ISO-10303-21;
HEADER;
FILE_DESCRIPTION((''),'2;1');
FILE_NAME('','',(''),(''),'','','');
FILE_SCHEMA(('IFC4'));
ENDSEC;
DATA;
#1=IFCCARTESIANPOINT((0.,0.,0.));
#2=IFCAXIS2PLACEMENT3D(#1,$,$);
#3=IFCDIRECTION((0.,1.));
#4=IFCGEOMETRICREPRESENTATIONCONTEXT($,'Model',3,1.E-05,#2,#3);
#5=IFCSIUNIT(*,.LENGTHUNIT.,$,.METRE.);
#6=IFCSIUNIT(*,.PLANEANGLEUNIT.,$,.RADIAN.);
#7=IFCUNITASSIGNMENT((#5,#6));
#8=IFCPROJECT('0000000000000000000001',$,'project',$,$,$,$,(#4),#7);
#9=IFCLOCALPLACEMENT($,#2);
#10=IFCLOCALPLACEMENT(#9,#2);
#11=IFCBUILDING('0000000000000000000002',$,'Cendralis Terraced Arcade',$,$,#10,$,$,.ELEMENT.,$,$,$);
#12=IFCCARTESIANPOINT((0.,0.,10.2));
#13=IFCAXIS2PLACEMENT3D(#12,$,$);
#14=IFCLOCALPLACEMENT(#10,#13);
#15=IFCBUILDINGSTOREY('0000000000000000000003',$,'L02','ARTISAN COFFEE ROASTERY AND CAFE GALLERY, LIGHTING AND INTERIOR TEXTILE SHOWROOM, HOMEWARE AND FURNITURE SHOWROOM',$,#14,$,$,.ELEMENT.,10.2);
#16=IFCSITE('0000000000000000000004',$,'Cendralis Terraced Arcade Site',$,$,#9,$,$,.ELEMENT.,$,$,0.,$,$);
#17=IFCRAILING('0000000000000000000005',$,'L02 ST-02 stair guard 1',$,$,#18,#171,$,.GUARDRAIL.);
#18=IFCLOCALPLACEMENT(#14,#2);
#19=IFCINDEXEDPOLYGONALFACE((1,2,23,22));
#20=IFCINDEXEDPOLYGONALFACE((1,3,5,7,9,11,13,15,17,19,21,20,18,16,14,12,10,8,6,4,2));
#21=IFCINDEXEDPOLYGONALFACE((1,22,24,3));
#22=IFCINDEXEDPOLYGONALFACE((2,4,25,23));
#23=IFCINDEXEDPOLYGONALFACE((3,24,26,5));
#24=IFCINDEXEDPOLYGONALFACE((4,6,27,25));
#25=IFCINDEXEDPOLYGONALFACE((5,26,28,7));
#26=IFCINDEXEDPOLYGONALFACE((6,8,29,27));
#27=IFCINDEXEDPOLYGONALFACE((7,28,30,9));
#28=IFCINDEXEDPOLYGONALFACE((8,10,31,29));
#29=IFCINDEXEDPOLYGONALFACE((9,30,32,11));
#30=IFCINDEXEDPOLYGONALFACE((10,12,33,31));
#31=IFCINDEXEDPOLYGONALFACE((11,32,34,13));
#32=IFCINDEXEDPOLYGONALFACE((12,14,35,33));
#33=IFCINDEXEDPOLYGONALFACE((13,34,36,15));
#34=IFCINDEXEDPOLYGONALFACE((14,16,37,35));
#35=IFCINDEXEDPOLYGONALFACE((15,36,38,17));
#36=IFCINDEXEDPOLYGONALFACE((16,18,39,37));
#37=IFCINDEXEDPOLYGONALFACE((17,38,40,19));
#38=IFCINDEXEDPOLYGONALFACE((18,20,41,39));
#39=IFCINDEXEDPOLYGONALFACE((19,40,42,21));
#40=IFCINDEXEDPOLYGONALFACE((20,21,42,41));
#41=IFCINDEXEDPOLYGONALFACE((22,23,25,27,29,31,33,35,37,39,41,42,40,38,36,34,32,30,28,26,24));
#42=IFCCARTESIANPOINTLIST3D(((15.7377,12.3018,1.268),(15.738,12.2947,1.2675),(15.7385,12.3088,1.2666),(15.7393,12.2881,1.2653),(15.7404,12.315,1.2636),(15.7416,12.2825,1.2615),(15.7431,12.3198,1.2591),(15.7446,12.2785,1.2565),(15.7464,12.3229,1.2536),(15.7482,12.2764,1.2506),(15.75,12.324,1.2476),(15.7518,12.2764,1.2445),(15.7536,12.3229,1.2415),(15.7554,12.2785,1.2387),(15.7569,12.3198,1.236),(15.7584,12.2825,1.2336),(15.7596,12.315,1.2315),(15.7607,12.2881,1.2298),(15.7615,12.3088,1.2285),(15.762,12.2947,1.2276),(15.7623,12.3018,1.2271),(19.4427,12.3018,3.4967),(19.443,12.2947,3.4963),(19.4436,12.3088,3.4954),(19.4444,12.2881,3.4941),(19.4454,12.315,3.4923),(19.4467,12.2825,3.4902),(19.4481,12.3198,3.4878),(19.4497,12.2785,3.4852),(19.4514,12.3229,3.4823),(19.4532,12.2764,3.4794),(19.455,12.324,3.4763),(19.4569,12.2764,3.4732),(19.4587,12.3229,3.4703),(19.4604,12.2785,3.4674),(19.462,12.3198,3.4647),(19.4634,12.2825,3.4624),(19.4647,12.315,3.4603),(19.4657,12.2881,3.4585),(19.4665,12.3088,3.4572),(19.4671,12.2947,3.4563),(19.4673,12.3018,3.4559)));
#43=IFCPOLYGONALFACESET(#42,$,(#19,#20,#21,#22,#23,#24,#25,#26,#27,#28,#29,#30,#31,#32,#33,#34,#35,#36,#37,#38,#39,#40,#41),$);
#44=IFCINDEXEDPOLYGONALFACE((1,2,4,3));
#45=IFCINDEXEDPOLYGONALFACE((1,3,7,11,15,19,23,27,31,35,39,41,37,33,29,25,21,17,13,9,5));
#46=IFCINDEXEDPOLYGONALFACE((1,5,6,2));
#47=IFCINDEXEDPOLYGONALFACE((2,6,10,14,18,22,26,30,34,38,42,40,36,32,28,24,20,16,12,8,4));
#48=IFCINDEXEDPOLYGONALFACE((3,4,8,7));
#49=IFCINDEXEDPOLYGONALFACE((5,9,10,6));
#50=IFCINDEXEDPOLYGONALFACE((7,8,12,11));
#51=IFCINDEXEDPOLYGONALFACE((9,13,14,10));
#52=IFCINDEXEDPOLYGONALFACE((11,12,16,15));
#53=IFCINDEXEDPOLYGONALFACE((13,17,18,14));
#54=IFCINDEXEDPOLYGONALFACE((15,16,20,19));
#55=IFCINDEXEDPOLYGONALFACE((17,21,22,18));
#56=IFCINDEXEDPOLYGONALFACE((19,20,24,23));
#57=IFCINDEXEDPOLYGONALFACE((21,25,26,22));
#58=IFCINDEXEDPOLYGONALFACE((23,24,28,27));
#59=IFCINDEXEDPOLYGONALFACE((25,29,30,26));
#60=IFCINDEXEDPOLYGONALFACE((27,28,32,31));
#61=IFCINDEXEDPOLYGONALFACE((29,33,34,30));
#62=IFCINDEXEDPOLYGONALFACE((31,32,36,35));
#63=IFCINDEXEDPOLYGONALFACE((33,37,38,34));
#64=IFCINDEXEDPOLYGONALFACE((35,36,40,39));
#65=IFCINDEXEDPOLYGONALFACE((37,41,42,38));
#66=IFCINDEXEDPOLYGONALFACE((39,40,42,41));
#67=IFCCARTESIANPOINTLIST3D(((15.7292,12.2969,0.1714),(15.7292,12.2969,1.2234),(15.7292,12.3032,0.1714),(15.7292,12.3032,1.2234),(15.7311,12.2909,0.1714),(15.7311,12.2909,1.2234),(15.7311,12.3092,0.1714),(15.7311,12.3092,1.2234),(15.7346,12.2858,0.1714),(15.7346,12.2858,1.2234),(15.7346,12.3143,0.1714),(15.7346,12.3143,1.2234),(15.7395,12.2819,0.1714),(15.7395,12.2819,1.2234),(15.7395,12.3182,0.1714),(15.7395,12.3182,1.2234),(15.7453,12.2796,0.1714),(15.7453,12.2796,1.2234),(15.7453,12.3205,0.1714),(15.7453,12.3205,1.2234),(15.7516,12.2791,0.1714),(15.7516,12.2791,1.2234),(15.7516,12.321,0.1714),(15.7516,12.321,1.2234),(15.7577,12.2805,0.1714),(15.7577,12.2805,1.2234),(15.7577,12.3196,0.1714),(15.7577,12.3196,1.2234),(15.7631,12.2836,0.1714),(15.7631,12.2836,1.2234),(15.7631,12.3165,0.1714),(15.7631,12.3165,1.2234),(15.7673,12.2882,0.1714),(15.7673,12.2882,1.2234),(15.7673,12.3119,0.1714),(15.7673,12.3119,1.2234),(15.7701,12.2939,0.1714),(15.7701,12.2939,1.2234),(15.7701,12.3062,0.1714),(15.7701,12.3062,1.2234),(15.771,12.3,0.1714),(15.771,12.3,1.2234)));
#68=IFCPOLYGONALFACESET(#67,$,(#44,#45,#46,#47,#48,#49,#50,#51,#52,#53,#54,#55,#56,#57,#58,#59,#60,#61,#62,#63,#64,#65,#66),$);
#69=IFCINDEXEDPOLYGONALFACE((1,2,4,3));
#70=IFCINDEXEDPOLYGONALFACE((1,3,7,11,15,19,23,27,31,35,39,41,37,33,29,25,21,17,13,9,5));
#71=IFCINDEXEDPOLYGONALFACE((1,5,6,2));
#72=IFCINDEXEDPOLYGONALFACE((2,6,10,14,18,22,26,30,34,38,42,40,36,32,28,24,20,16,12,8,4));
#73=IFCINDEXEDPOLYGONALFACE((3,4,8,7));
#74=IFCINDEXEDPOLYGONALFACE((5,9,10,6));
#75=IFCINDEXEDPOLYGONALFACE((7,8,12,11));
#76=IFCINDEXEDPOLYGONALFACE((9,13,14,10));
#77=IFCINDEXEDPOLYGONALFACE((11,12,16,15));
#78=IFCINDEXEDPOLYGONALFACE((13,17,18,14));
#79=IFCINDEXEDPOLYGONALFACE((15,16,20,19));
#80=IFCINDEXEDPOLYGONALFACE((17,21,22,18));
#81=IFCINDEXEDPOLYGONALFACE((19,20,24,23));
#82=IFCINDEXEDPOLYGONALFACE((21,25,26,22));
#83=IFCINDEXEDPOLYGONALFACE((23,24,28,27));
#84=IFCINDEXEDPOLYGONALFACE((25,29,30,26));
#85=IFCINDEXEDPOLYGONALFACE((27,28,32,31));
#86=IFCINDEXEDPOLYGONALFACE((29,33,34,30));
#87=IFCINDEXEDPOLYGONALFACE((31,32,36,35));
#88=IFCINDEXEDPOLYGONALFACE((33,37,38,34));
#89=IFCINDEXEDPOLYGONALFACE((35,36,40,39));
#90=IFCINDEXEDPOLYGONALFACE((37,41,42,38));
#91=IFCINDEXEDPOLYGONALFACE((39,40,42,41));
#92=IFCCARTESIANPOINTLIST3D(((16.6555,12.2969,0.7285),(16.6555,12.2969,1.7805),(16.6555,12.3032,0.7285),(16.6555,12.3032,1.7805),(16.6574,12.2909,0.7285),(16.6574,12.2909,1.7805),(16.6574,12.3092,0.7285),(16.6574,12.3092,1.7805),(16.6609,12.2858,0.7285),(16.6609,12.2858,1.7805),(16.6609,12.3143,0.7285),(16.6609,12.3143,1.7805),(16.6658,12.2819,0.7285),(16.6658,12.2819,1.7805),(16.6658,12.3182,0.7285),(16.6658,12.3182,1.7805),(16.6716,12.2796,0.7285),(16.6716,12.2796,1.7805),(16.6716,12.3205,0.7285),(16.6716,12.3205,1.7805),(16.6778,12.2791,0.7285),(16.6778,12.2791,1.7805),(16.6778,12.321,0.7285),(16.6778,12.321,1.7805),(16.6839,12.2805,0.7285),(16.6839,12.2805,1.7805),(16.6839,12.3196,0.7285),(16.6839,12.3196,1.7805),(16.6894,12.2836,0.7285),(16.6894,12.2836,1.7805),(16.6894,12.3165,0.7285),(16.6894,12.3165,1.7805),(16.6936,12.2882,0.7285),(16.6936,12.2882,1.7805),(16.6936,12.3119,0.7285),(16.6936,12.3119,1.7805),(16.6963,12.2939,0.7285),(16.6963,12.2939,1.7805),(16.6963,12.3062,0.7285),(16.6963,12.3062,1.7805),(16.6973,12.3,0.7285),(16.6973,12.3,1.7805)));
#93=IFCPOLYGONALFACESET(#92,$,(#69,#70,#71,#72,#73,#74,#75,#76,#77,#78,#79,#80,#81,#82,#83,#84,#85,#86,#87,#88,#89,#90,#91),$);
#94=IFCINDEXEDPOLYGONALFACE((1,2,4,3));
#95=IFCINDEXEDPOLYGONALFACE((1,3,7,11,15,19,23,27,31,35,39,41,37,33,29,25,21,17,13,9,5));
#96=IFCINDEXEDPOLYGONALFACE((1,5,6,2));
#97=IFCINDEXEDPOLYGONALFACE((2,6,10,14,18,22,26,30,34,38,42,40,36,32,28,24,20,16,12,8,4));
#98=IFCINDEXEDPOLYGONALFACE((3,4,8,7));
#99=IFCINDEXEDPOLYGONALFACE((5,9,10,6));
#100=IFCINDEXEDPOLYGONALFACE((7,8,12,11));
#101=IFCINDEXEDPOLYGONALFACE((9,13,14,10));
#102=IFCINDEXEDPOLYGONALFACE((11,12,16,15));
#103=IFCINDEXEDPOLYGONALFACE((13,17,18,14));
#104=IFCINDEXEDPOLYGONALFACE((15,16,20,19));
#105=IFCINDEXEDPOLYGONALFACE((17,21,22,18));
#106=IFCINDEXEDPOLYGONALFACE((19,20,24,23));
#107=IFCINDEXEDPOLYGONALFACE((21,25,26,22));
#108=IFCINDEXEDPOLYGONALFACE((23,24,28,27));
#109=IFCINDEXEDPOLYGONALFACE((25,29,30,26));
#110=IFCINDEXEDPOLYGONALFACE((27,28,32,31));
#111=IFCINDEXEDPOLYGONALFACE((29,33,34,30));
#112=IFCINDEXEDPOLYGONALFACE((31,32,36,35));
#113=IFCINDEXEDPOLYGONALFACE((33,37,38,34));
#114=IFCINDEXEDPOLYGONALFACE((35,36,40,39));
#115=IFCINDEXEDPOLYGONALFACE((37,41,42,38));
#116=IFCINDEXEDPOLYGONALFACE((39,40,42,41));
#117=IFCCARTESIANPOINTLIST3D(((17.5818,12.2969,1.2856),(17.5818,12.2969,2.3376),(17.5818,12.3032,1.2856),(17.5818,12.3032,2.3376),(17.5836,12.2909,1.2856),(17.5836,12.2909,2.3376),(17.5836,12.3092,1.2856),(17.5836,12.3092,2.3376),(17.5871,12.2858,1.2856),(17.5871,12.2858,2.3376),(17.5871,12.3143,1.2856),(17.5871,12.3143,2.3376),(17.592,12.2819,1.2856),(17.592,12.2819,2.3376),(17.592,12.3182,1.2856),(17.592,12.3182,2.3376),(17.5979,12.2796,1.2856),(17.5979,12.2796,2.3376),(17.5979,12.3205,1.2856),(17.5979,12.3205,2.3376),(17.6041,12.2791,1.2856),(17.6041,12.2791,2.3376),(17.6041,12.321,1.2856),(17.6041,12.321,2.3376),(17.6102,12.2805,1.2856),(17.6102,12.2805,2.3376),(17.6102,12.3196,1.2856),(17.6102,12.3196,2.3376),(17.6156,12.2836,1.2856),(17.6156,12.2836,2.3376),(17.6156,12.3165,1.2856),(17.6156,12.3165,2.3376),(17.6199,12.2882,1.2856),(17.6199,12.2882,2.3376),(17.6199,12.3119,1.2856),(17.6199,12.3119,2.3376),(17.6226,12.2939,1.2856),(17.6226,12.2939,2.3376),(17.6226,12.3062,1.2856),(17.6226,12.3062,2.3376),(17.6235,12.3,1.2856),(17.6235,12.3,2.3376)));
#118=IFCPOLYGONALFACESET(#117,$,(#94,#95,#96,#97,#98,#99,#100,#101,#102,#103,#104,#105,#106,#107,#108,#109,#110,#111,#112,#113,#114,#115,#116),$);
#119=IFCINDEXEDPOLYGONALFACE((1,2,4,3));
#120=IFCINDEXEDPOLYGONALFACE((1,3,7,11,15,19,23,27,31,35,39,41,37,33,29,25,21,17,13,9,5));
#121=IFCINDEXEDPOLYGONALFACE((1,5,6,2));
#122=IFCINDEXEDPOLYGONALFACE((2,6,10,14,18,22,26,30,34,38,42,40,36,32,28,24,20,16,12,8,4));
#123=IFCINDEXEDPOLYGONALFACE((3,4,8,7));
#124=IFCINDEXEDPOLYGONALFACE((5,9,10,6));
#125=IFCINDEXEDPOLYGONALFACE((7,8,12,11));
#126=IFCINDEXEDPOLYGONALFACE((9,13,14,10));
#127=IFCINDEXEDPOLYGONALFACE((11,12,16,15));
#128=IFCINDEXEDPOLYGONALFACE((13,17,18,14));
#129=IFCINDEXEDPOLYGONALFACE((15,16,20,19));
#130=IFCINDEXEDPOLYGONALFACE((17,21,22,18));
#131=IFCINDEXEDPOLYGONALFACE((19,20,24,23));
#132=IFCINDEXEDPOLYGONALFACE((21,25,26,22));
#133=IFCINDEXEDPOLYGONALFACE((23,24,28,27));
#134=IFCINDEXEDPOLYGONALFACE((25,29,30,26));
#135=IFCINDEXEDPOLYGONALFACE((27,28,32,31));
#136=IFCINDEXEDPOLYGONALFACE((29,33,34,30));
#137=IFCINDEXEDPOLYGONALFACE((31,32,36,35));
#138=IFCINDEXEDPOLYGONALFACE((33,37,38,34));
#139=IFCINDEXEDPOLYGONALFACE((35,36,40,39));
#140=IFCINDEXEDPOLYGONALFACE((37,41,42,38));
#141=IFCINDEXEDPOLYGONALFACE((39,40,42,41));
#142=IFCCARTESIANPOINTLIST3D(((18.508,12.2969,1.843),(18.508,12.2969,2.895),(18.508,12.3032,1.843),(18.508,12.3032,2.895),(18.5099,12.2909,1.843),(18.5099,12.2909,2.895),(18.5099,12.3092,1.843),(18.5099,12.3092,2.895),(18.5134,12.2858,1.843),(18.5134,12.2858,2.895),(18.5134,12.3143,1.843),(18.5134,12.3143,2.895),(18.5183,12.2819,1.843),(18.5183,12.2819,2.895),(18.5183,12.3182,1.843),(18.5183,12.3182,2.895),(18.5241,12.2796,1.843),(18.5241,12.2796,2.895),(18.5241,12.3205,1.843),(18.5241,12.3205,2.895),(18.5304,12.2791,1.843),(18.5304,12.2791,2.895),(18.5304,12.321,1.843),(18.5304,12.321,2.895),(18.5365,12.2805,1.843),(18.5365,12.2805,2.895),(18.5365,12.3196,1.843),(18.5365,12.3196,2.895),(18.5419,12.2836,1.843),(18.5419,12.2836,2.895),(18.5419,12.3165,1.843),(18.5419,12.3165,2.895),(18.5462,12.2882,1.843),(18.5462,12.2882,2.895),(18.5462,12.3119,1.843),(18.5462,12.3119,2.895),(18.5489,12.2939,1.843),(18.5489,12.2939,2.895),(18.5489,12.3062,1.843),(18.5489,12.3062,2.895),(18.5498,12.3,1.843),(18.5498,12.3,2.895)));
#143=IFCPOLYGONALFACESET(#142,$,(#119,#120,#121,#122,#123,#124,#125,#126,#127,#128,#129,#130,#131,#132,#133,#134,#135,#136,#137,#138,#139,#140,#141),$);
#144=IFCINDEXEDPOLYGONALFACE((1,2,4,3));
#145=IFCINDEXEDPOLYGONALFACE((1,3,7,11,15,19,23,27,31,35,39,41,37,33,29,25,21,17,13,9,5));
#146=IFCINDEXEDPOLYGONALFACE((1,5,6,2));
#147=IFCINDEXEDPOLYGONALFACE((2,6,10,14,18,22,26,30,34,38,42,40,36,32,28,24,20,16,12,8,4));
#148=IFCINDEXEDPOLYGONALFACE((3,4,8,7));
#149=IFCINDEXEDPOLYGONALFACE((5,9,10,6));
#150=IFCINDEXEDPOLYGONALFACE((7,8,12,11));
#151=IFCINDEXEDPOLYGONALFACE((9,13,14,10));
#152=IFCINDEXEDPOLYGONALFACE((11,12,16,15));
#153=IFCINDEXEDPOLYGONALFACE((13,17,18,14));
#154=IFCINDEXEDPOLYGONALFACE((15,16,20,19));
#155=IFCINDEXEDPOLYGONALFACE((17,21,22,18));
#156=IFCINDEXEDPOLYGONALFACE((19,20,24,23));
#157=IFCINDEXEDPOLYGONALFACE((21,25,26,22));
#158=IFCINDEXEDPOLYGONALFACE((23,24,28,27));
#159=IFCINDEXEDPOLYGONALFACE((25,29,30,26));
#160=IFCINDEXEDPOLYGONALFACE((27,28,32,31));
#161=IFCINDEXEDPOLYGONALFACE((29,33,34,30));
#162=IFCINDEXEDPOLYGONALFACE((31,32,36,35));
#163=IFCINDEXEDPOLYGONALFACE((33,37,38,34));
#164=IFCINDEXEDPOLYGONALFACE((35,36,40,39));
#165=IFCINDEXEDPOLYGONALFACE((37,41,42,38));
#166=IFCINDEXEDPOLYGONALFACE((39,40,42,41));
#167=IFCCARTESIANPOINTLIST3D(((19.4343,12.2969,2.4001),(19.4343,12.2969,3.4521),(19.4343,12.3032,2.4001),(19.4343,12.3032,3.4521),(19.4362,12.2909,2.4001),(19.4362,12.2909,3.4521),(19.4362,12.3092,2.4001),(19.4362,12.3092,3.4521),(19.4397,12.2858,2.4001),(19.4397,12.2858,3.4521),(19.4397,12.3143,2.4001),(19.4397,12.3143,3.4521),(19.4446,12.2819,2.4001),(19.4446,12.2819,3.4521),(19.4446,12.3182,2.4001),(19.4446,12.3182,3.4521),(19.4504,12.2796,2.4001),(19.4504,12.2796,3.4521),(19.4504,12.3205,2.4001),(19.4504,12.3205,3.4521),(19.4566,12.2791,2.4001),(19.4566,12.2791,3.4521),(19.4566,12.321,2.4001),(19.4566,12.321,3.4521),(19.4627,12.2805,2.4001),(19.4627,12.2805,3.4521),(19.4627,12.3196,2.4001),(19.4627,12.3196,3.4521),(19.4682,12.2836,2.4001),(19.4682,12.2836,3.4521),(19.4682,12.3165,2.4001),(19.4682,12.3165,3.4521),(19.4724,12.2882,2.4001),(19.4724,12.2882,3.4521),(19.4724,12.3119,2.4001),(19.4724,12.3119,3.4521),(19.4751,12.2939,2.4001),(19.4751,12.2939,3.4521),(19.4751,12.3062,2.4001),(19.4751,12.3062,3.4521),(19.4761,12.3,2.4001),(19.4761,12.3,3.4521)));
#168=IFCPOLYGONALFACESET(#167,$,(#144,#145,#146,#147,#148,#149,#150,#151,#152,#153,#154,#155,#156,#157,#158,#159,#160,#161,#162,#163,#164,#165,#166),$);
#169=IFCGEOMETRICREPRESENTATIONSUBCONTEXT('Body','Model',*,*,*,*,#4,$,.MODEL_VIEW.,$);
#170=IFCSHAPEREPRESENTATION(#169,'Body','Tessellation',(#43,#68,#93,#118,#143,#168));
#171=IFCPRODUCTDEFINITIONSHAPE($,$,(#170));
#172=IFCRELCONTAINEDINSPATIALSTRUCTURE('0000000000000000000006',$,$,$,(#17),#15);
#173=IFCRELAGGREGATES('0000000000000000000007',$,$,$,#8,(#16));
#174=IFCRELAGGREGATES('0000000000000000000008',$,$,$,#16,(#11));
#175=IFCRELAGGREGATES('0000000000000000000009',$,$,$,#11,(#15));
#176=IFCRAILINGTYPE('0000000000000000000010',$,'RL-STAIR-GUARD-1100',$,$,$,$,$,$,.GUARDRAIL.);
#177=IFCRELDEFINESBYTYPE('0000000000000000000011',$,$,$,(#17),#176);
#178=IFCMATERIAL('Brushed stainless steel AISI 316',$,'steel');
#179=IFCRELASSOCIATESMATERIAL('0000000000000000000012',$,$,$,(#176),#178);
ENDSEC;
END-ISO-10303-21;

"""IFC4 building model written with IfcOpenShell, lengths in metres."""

from ifc_helpers import new_model, si_unit, direction, frame, origin, origin_2d, place, context, subcontext, project, spatial, circle, extrude, material, type_object, element, save


model = new_model("IFC4")

# Units and contexts
model_context = context("Model", 3, precision=1e-05, world=origin(), true_north=direction((0.0, 1.0)))
body_context = subcontext(model_context, "Body", "Model", "MODEL_VIEW")
ifc_project = project(units=[si_unit("LENGTHUNIT", "METRE"), si_unit("PLANEANGLEUNIT", "RADIAN")], contexts=[model_context])

# Site, building, storey
site_placement = place(None, origin())
site = spatial("IfcSite", under=ifc_project, at=site_placement, Name="Cendralis Terraced Arcade Site", CompositionType="ELEMENT", RefElevation=0.0)
building_placement = place(site_placement, origin())
building = spatial("IfcBuilding", under=site, at=building_placement, Name="Cendralis Terraced Arcade", CompositionType="ELEMENT")
storey_placement = place(building_placement, frame((0.0, 0.0, 10.2)))
storey = spatial("IfcBuildingStorey", under=building, at=storey_placement, Name="L02", Description="ARTISAN COFFEE ROASTERY AND CAFE GALLERY, LIGHTING AND INTERIOR TEXTILE SHOWROOM, HOMEWARE AND FURNITURE SHOWROOM", CompositionType="ELEMENT", Elevation=10.2)

# Railing
ifc_material_1 = material(Name="Brushed stainless steel AISI 316", Category="steel")
railing_type_1 = type_object("IfcRailingType", Name="RL-STAIR-GUARD-1100", PredefinedType="GUARDRAIL", material=ifc_material_1)
railing_1_placement = place(storey_placement, frame((15.75, 12.3, 0.1714)))
element("IfcRailing", 1, at=railing_1_placement, inside=storey, type_object=railing_type_1, Name="L02 ST-02 stair guard 1", PredefinedType="GUARDRAIL", context=body_context, shape_type="SweptSolid", body=[
    extrude(circle(Radius=0.0239, at=origin_2d()), frame((0.0, 0.0, 1.0762), z_axis=(0.856909, 0.0, 0.515467), x_axis=(0.0, 1.0, 0.0)), (0.0, 0.0, 1.0), 4.3237),
    extrude(circle(Radius=0.021, at=origin_2d()), origin(), (0.0, 0.0, 1.0), 1.052),
    extrude(circle(Radius=0.021, at=origin_2d()), frame((0.9263, 0.0, 0.5571)), (0.0, 0.0, 1.0), 1.052),
    extrude(circle(Radius=0.021, at=origin_2d()), frame((1.8525, 0.0, 1.1143)), (0.0, 0.0, 1.0), 1.052),
    extrude(circle(Radius=0.021, at=origin_2d()), frame((2.7788, 0.0, 1.6716)), (0.0, 0.0, 1.0), 1.052),
    extrude(circle(Radius=0.021, at=origin_2d()), frame((3.7051, 0.0, 2.2288)), (0.0, 0.0, 1.0), 1.052),
])

save(model, "model.ifc")
